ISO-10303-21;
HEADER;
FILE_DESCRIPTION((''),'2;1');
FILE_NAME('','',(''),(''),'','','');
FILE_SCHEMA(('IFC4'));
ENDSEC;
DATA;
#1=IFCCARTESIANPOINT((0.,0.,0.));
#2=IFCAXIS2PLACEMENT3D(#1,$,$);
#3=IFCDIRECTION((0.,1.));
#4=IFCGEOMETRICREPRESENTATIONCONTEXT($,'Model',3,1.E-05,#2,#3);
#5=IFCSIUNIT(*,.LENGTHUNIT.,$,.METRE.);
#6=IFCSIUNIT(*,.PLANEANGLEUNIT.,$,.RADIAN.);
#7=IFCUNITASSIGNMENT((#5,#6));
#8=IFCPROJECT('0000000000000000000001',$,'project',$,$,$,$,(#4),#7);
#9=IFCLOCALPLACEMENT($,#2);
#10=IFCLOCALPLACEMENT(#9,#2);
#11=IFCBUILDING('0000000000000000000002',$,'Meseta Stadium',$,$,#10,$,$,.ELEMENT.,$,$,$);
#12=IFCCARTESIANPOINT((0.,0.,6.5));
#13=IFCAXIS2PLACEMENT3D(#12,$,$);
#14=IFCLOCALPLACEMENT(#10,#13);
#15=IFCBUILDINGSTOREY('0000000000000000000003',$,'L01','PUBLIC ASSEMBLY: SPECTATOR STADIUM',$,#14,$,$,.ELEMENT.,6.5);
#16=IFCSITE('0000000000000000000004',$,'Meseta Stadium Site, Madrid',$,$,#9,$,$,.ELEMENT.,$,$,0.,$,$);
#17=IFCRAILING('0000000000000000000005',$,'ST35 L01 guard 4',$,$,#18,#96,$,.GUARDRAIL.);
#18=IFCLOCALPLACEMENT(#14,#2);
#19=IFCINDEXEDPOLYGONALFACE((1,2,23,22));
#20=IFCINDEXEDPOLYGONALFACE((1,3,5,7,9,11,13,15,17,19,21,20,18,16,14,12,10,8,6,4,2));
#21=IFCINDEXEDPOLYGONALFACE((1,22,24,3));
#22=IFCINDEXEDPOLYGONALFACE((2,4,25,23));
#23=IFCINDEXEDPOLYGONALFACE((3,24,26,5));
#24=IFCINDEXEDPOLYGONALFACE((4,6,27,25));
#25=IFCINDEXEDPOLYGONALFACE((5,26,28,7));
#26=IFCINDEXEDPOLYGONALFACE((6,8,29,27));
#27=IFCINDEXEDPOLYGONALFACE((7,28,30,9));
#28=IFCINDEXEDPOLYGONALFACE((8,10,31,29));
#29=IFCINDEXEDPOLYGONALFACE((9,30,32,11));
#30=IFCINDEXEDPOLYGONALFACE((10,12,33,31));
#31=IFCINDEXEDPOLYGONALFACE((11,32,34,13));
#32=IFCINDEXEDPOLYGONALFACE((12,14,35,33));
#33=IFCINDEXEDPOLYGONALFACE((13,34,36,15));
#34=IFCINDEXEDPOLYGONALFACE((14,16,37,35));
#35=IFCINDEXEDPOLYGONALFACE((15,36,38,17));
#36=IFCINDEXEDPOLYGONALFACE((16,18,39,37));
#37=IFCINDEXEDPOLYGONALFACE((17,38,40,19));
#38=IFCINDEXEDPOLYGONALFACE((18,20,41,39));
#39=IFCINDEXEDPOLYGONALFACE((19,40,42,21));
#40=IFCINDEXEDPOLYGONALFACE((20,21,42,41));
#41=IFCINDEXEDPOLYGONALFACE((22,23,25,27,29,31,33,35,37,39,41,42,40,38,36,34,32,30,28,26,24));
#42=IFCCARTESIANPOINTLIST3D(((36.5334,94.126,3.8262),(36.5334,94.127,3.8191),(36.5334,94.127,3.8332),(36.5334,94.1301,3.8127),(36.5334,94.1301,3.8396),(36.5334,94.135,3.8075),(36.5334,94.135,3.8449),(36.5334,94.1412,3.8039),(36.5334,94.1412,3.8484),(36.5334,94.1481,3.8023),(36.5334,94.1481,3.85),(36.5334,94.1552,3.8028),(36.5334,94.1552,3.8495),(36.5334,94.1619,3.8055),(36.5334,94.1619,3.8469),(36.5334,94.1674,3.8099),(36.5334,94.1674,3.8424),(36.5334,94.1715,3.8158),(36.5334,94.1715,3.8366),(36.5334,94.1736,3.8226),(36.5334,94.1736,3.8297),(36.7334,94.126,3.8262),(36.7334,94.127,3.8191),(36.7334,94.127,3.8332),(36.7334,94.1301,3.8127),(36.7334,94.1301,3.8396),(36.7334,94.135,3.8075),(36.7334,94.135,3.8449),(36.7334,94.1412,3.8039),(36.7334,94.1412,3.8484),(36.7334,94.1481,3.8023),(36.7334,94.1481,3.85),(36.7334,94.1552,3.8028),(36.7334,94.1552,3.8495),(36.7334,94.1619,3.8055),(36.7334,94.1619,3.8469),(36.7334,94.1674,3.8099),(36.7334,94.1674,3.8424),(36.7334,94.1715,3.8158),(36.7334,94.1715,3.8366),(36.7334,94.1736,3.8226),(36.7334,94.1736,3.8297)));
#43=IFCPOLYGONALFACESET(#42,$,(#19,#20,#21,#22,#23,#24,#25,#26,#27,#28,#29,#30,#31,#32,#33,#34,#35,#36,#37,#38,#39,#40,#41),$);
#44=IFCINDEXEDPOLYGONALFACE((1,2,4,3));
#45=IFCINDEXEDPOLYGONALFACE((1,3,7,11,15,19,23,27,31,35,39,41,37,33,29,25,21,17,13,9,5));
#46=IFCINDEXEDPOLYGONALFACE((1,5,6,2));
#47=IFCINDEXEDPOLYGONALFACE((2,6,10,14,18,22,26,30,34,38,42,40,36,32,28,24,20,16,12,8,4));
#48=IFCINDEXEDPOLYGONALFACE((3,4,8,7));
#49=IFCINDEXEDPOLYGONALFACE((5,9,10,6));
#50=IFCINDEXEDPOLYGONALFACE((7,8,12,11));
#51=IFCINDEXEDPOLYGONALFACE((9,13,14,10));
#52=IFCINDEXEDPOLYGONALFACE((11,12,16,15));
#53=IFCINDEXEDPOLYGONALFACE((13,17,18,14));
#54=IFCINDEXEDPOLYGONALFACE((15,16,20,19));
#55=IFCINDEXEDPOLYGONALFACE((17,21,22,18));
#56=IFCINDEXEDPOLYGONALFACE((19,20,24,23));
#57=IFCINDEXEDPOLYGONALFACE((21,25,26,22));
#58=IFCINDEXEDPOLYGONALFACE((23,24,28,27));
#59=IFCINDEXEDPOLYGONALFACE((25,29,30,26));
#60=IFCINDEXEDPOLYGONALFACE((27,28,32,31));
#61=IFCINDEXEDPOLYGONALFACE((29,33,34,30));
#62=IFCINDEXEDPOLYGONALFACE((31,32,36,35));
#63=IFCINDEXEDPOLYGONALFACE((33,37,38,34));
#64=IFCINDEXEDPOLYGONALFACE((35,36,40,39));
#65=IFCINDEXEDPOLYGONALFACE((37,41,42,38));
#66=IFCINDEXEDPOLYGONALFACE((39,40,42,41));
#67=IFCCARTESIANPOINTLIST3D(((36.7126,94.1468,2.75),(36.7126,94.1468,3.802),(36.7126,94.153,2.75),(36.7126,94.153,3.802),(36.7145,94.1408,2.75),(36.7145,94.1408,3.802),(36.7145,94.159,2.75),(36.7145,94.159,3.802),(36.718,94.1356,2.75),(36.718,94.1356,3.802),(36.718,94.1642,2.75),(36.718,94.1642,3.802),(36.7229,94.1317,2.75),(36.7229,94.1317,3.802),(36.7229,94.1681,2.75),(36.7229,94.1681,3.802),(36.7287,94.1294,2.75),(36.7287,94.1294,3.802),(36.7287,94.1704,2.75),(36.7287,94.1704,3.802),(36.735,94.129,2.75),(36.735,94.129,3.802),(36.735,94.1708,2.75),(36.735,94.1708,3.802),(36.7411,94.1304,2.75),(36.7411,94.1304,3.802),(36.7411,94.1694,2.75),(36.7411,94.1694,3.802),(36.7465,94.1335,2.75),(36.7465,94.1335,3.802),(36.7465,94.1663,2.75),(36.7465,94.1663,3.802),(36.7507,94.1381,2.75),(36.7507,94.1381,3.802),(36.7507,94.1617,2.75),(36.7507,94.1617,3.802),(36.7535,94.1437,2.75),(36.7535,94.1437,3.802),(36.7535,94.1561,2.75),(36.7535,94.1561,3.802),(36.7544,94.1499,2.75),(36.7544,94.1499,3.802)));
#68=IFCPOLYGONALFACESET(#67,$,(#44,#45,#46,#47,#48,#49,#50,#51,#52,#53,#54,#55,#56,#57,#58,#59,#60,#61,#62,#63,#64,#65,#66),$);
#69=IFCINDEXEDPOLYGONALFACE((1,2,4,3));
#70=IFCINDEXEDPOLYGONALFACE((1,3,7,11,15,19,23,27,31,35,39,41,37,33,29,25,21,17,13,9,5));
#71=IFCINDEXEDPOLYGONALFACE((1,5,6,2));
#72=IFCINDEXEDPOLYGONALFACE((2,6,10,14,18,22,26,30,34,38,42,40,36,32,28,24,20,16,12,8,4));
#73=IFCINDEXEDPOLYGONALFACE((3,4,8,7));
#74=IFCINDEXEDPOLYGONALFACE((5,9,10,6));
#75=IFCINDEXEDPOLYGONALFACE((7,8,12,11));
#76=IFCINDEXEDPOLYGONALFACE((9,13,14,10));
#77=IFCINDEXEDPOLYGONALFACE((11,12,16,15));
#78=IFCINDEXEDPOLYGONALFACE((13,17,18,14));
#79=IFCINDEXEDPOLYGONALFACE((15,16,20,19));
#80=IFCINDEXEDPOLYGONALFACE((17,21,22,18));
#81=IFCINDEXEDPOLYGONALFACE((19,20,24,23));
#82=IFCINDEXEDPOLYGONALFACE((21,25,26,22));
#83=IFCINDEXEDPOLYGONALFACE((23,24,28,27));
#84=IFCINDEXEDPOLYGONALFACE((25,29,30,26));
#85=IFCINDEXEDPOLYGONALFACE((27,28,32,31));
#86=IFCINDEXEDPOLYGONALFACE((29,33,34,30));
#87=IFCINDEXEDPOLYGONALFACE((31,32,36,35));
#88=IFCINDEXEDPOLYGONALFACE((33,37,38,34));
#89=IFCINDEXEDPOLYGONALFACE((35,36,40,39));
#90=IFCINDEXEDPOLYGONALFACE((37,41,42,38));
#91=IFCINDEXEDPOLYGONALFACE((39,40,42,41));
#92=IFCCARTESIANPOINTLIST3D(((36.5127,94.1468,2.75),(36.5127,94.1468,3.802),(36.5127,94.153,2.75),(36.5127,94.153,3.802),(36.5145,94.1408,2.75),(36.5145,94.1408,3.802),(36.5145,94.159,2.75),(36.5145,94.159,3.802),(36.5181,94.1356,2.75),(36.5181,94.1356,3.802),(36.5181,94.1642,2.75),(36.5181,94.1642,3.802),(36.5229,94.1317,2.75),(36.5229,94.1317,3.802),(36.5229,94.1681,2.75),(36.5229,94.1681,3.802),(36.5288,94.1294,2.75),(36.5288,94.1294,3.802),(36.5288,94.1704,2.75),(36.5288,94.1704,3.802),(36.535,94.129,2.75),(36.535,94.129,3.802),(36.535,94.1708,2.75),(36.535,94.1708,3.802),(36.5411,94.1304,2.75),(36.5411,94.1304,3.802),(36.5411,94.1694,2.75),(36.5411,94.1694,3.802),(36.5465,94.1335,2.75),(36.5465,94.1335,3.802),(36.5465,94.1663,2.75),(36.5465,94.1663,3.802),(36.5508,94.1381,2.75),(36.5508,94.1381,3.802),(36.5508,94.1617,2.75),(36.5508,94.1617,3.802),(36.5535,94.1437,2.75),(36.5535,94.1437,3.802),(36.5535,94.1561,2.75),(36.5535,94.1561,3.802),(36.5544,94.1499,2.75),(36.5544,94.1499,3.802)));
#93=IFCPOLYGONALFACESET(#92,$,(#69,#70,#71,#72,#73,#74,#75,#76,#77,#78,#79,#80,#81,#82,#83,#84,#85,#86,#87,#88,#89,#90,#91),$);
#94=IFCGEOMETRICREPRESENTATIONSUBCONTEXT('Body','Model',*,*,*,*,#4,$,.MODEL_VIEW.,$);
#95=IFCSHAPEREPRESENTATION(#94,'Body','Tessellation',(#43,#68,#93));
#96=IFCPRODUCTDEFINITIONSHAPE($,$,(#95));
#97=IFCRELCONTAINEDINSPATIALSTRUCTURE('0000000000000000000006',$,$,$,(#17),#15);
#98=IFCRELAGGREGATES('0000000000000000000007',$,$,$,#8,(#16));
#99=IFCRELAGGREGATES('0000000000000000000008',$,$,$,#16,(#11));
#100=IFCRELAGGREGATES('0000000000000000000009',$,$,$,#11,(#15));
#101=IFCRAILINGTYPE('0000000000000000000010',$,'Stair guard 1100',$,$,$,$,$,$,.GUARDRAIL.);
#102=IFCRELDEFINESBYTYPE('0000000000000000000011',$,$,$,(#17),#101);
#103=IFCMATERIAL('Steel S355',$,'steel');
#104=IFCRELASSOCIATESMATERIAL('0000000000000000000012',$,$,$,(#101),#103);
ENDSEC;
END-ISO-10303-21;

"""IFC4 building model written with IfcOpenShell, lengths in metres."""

from ifc_helpers import new_model, si_unit, direction, frame, origin, origin_2d, place, context, subcontext, project, spatial, circle, extrude, material, type_object, element, save


model = new_model("IFC4")

# Units and contexts
model_context = context("Model", 3, precision=1e-05, world=origin(), true_north=direction((0.0, 1.0)))
body_context = subcontext(model_context, "Body", "Model", "MODEL_VIEW")
ifc_project = project(units=[si_unit("LENGTHUNIT", "METRE"), si_unit("PLANEANGLEUNIT", "RADIAN")], contexts=[model_context])

# Site, building, storey
site_placement = place(None, origin())
site = spatial("IfcSite", under=ifc_project, at=site_placement, Name="Meseta Stadium Site, Madrid", CompositionType="ELEMENT", RefElevation=0.0)
building_placement = place(site_placement, origin())
building = spatial("IfcBuilding", under=site, at=building_placement, Name="Meseta Stadium", CompositionType="ELEMENT")
storey_placement = place(building_placement, frame((0.0, 0.0, 6.5)))
storey = spatial("IfcBuildingStorey", under=building, at=storey_placement, Name="L01", Description="PUBLIC ASSEMBLY: SPECTATOR STADIUM", CompositionType="ELEMENT", Elevation=6.5)

# Railing
ifc_material_1 = material(Name="Steel S355", Category="steel")
railing_type_1 = type_object("IfcRailingType", Name="Stair guard 1100", PredefinedType="GUARDRAIL", material=ifc_material_1)
railing_1_placement = place(storey_placement, frame((36.7334, 94.1499, 2.75)))
element("IfcRailing", 1, at=railing_1_placement, inside=storey, type_object=railing_type_1, Name="ST35 L01 guard 4", PredefinedType="GUARDRAIL", context=body_context, shape_type="SweptSolid", body=[
    extrude(circle(Radius=0.0239, at=origin_2d()), frame((0.0, 0.0, 1.0762), z_axis=(-1.0, 0.0, 0.0), x_axis=(0.0, -1.0, 0.0)), (0.0, 0.0, 1.0), 0.2),
    extrude(circle(Radius=0.021, at=origin_2d()), origin(), (0.0, 0.0, 1.0), 1.052),
    extrude(circle(Radius=0.021, at=origin_2d()), frame((-0.2, 0.0, 0.0)), (0.0, 0.0, 1.0), 1.052),
])

save(model, "model.ifc")
